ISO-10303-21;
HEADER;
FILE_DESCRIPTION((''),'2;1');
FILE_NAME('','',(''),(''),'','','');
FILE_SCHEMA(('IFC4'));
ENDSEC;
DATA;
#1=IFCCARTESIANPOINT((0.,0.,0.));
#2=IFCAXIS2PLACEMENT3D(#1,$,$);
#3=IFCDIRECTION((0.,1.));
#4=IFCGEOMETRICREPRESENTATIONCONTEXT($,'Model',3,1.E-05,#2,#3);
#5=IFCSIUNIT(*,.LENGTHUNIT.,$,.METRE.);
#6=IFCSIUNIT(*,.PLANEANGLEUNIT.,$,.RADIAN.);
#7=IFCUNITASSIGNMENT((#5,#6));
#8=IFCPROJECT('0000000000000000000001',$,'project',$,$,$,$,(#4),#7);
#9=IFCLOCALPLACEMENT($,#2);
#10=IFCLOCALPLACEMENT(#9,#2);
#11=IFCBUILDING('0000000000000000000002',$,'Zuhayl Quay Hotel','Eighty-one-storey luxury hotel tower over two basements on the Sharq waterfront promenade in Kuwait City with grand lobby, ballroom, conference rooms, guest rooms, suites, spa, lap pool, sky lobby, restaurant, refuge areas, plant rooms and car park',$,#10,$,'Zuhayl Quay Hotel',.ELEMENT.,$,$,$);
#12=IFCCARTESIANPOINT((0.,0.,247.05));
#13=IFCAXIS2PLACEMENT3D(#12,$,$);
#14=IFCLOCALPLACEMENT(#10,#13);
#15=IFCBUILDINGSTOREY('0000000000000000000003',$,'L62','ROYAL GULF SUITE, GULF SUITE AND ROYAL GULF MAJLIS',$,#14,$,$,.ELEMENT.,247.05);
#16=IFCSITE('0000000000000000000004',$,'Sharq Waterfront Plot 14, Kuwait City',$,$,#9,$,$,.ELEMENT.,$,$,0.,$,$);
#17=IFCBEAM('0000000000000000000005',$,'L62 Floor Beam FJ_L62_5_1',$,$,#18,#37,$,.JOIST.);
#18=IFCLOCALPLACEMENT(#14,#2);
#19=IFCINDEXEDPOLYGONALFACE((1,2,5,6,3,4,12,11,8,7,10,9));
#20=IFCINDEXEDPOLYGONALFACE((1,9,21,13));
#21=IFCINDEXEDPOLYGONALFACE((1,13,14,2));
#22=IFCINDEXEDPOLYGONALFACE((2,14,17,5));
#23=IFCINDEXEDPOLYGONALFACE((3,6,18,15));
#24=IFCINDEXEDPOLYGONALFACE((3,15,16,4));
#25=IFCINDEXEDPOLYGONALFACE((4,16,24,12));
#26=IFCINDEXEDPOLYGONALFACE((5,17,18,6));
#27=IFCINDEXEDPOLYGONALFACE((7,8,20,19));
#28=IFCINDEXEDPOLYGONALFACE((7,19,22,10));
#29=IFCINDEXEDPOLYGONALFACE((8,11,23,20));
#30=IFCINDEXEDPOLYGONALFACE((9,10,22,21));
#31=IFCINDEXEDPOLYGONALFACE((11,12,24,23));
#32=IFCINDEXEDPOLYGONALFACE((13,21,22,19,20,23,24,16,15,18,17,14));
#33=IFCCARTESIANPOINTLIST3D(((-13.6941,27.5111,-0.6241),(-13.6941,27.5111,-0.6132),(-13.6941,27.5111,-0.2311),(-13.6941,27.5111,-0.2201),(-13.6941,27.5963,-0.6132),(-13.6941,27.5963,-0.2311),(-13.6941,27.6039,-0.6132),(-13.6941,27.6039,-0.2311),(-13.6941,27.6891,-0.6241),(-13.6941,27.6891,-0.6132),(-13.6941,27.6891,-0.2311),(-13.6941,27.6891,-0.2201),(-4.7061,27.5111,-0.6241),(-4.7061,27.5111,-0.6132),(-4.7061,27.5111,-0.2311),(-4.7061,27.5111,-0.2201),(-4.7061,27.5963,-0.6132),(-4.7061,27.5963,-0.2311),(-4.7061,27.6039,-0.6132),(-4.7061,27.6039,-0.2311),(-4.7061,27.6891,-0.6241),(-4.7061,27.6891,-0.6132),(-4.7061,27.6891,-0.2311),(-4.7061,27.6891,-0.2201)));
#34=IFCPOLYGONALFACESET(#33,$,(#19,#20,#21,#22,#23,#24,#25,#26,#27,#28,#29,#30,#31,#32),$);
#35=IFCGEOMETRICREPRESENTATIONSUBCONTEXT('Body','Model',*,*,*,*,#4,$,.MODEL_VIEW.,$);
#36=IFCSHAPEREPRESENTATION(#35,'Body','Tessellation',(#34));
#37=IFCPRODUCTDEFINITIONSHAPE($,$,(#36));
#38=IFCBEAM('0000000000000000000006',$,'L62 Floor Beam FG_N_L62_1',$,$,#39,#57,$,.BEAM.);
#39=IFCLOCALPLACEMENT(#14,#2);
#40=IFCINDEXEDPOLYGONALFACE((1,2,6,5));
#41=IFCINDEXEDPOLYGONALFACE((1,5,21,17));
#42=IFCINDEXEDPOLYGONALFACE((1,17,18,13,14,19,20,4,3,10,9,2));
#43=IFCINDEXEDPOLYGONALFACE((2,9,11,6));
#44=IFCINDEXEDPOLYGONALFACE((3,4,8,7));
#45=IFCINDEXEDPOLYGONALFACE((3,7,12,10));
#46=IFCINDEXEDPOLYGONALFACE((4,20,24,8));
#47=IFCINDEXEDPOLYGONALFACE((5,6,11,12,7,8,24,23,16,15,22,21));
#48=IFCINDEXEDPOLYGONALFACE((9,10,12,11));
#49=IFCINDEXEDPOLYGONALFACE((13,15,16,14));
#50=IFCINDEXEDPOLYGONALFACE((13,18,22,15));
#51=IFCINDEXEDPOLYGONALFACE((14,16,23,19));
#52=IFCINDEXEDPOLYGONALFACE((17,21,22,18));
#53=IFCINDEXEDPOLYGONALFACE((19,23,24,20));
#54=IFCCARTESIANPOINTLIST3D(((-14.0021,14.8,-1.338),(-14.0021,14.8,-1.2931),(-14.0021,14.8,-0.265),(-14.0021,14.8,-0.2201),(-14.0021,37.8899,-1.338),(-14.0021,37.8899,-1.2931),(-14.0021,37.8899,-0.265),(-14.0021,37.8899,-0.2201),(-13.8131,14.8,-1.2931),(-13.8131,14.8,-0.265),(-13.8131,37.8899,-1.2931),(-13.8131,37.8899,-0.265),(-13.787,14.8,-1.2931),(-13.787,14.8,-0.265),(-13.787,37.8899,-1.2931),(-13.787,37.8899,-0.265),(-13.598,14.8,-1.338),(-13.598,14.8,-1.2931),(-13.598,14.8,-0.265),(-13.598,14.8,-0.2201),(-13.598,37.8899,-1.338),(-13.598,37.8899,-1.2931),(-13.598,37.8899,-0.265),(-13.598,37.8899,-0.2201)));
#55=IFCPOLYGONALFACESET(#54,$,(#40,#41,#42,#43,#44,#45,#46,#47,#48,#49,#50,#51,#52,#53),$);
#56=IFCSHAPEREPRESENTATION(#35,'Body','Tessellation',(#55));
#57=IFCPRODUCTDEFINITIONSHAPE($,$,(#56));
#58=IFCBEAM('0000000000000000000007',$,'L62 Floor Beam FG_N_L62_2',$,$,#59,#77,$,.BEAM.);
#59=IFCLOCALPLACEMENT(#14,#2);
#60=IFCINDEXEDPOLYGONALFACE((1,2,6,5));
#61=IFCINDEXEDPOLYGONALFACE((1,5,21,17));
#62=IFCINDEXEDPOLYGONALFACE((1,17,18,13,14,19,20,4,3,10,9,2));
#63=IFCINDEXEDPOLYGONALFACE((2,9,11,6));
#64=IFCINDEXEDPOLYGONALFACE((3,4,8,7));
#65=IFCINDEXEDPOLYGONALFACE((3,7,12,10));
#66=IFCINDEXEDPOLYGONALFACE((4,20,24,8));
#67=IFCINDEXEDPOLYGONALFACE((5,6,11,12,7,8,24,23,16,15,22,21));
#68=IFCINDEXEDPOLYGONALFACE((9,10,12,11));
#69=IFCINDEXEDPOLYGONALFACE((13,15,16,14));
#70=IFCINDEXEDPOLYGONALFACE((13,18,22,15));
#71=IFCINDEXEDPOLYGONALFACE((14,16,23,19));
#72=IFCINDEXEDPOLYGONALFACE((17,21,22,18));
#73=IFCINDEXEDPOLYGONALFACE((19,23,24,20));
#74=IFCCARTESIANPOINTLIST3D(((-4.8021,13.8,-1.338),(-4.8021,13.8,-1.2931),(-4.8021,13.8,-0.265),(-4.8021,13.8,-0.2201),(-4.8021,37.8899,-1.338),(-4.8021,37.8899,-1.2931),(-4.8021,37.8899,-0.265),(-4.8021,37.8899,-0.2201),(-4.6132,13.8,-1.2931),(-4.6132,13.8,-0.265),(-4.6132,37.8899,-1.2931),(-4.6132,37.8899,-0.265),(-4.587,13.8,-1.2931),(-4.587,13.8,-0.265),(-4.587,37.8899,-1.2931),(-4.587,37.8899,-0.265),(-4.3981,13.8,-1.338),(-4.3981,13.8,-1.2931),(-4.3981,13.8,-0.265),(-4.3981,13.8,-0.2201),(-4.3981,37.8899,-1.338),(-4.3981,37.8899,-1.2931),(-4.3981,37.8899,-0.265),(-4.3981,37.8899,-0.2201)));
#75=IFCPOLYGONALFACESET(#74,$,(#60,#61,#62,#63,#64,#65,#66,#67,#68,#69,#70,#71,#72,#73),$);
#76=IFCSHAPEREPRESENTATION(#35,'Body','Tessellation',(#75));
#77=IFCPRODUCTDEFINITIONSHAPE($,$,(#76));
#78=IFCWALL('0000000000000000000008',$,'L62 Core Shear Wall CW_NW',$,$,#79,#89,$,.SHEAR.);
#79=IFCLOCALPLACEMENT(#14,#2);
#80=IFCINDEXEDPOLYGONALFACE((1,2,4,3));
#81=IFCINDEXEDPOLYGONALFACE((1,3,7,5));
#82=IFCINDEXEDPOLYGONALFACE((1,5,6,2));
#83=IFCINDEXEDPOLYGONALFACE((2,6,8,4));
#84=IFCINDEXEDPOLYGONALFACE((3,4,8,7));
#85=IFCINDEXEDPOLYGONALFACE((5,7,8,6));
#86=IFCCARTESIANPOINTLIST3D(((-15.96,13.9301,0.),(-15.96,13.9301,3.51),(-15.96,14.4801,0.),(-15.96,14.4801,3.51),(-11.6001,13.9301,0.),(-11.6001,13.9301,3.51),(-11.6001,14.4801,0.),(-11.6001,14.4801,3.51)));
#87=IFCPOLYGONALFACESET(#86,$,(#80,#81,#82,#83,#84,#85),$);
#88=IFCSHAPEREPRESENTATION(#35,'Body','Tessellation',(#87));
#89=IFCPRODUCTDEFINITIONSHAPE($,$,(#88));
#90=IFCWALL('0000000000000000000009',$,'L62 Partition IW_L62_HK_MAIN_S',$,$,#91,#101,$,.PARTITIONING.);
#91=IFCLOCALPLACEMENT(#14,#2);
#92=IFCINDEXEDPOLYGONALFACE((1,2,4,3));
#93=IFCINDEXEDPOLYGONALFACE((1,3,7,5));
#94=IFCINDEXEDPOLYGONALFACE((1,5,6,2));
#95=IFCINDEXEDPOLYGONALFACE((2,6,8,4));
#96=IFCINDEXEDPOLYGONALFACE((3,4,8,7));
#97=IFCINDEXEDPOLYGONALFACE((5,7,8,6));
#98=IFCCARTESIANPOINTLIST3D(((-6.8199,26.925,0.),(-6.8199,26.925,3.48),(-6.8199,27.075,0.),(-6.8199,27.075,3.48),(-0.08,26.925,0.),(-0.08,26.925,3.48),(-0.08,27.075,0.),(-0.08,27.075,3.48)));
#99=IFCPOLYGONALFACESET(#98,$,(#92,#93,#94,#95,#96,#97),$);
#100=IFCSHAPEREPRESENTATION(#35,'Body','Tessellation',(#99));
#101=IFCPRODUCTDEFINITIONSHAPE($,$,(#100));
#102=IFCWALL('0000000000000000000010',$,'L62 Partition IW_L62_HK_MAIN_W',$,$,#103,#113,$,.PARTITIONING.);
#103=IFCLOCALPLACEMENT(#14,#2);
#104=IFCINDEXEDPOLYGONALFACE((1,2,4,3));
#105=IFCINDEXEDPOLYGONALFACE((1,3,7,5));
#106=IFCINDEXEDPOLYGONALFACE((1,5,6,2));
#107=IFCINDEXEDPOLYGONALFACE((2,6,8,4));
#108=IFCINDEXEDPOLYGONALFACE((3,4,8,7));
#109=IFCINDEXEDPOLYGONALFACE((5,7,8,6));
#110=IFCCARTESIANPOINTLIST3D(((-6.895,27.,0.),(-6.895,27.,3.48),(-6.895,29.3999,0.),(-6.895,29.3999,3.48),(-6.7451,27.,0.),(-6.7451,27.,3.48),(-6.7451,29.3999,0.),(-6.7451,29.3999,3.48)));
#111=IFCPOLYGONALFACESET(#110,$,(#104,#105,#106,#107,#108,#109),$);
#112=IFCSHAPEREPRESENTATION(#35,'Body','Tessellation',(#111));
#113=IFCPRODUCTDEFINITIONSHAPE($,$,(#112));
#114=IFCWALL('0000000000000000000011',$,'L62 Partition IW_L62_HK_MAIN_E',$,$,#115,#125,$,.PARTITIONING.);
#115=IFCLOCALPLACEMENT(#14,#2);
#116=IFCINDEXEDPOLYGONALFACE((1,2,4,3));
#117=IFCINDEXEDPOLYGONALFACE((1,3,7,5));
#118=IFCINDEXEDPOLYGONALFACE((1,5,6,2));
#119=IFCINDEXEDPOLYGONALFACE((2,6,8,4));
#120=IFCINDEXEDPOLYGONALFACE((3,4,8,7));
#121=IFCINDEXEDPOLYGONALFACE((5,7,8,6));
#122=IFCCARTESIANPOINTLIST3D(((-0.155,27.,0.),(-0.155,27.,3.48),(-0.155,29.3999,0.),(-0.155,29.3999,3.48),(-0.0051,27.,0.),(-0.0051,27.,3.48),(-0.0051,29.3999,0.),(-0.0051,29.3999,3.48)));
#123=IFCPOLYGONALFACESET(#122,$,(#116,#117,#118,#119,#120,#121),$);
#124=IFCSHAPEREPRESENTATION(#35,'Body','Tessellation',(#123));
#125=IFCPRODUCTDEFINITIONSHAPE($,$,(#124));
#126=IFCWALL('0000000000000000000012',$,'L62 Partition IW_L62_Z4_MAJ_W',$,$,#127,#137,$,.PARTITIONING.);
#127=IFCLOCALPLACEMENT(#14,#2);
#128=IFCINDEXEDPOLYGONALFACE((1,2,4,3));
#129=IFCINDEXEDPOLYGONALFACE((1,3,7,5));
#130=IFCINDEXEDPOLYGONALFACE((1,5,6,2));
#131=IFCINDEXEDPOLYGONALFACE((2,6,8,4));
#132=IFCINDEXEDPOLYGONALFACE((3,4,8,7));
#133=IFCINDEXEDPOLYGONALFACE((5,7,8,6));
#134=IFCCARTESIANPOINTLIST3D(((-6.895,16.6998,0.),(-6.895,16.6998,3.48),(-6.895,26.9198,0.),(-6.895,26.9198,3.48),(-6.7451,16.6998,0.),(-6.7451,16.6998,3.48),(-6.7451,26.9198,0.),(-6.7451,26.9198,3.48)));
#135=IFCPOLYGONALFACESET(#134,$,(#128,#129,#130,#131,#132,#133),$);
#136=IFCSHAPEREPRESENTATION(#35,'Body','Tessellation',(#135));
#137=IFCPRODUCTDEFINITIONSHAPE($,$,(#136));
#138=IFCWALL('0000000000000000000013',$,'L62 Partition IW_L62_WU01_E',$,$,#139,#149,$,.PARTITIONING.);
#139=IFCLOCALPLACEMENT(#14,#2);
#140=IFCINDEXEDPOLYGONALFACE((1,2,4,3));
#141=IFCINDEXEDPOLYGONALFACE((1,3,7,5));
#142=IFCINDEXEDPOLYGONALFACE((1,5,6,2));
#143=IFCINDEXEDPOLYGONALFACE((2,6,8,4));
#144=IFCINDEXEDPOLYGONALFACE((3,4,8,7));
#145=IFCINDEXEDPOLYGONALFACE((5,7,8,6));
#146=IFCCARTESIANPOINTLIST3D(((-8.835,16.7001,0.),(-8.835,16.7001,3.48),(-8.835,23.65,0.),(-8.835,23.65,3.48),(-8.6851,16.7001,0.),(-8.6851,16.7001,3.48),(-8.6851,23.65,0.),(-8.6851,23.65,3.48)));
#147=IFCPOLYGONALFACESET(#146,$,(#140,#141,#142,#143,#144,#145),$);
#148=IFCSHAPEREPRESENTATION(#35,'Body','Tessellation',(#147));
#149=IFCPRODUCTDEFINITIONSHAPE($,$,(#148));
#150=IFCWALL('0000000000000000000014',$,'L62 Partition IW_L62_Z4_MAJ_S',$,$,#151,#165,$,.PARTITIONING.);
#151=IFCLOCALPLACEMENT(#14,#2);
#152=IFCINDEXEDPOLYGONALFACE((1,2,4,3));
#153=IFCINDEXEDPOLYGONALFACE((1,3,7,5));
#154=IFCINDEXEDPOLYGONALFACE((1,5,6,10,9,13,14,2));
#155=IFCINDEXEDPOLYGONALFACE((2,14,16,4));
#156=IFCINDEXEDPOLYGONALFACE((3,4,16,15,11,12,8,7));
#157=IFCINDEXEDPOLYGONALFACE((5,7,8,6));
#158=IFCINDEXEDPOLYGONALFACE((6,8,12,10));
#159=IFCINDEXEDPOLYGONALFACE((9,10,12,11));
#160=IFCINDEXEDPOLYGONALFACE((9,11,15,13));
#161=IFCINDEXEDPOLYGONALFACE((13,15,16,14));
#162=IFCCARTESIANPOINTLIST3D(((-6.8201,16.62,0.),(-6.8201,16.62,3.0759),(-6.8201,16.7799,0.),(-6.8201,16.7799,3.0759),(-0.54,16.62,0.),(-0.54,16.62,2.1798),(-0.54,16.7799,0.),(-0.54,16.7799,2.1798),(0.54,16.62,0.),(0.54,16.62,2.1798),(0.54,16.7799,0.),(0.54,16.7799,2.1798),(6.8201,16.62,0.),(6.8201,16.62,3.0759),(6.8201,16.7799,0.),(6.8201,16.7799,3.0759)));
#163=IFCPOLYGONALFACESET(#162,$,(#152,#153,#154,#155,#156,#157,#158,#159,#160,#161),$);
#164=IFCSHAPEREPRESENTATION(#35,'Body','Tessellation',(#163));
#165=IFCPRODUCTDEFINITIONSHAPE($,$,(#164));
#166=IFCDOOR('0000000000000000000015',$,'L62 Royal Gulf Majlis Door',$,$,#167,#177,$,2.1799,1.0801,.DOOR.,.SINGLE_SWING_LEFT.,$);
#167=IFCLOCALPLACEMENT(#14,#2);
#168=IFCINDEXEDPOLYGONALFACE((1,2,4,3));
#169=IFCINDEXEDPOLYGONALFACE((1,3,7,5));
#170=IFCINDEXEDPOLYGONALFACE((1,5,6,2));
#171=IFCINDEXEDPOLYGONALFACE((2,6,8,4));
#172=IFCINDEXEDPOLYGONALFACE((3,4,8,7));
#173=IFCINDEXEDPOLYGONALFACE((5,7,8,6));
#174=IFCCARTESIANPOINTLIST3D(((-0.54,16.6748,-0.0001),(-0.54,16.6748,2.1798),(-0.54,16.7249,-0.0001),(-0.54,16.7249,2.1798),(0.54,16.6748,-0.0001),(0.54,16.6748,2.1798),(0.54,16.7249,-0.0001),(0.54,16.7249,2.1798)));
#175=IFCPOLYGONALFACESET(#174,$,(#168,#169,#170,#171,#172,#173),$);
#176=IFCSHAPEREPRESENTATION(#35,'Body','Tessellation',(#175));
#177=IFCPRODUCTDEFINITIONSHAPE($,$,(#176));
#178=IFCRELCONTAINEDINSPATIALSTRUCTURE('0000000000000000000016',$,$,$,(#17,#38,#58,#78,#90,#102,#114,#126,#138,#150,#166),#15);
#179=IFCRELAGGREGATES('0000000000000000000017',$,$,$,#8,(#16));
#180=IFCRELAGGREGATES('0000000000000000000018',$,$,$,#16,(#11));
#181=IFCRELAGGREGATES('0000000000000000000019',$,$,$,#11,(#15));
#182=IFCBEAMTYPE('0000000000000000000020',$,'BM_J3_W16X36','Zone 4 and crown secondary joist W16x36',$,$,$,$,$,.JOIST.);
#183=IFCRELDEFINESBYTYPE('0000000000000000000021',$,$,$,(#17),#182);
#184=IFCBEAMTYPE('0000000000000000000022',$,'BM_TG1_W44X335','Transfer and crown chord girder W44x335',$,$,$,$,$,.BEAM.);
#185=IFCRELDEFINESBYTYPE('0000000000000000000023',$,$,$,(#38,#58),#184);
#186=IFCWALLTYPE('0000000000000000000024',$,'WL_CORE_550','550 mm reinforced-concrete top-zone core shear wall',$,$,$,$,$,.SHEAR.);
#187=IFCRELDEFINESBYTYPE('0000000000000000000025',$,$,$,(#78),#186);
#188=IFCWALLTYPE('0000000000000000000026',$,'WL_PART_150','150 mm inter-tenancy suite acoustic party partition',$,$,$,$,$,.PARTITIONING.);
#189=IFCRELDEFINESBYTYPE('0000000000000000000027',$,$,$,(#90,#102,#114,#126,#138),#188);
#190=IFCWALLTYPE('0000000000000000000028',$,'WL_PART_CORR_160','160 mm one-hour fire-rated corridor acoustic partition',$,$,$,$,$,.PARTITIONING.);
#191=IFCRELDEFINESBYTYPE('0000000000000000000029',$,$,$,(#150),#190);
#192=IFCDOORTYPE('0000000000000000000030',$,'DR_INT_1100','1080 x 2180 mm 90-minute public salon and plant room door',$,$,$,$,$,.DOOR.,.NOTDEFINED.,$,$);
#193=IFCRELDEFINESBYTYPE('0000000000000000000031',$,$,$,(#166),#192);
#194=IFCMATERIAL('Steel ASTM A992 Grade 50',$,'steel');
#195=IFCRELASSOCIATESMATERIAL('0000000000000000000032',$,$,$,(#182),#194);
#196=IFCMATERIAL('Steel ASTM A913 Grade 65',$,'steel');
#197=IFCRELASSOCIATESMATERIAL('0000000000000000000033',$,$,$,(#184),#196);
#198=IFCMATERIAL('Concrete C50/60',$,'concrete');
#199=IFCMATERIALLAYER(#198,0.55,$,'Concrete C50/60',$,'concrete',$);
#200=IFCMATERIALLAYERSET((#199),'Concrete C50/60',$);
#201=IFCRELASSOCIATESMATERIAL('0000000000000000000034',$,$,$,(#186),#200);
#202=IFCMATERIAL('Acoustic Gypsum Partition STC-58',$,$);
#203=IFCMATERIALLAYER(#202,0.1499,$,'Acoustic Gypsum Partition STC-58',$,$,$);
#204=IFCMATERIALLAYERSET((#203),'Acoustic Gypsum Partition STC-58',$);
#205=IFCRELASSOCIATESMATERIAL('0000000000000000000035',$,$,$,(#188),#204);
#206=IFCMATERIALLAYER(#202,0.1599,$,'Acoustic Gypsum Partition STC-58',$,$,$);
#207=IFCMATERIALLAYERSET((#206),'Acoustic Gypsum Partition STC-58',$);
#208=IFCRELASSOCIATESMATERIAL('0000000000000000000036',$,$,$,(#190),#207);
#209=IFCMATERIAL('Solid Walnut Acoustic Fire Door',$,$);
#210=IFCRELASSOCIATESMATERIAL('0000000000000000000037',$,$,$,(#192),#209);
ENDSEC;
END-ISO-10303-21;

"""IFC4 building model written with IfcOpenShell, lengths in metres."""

from ifc_helpers import new_model, si_unit, direction, frame, frame_2d, origin, origin_2d, place, context, subcontext, project, spatial, rectangle, i_section, extrude, material, layer, layer_set, material_profile, profile_set, type_object, element, fill, save


model = new_model("IFC4")

# Units and contexts
model_context = context("Model", 3, precision=1e-05, world=origin(), true_north=direction((0.0, 1.0)))
body_context = subcontext(model_context, "Body", "Model", "MODEL_VIEW")
ifc_project = project(units=[si_unit("LENGTHUNIT", "METRE"), si_unit("PLANEANGLEUNIT", "RADIAN")], contexts=[model_context])

# Site, building, storey
site_placement = place(None, origin())
site = spatial("IfcSite", under=ifc_project, at=site_placement, Name="Sharq Waterfront Plot 14, Kuwait City", CompositionType="ELEMENT", RefElevation=0.0)
building_placement = place(site_placement, origin())
building = spatial("IfcBuilding", under=site, at=building_placement, Name="Zuhayl Quay Hotel", Description="Eighty-one-storey luxury hotel tower over two basements on the Sharq waterfront promenade in Kuwait City with grand lobby, ballroom, conference rooms, guest rooms, suites, spa, lap pool, sky lobby, restaurant, refuge areas, plant rooms and car park", LongName="Zuhayl Quay Hotel", CompositionType="ELEMENT")
storey_placement = place(building_placement, frame((0.0, 0.0, 247.05)))
storey = spatial("IfcBuildingStorey", under=building, at=storey_placement, Name="L62", Description="ROYAL GULF SUITE, GULF SUITE AND ROYAL GULF MAJLIS", CompositionType="ELEMENT", Elevation=247.05)

# Beams
ifc_material_1 = material(Name="Steel ASTM A992 Grade 50", Category="steel")
ifc_material_profile_1 = material_profile(ifc_material_1, i_section(OverallWidth=0.178, OverallDepth=0.4041, WebThickness=0.0076, FlangeThickness=0.011, at=origin_2d()), Name="W16X36")
ifc_profile_set_1 = profile_set([ifc_material_profile_1], Name="Steel ASTM A992 Grade 50")
beam_type_1 = type_object("IfcBeamType", Name="BM_J3_W16X36", Description="Zone 4 and crown secondary joist W16x36", PredefinedType="JOIST", material=ifc_profile_set_1)
beam_1_placement = place(storey_placement, frame((-13.6941, 27.6001, -0.4221), z_axis=(1.0, 0.0, 0.0), x_axis=(0.0, 1.0, 0.0)))
element("IfcBeam", 1, at=beam_1_placement, inside=storey, type_object=beam_type_1, Name="L62 Floor Beam FJ_L62_5_1", PredefinedType="JOIST", context=body_context, shape_type="SweptSolid", body=[
    extrude(i_section(OverallWidth=0.178, OverallDepth=0.4041, WebThickness=0.0076, FlangeThickness=0.011, at=origin_2d()), origin(), (0.0, 0.0, 1.0), 8.988),
])
ifc_material_2 = material(Name="Steel ASTM A913 Grade 65", Category="steel")
ifc_material_profile_2 = material_profile(ifc_material_2, i_section(OverallWidth=0.4041, OverallDepth=1.1179, WebThickness=0.0261, FlangeThickness=0.0449, at=origin_2d()), Name="W44X335")
ifc_profile_set_2 = profile_set([ifc_material_profile_2], Name="Steel ASTM A913 Grade 65")
beam_type_2 = type_object("IfcBeamType", Name="BM_TG1_W44X335", Description="Transfer and crown chord girder W44x335", PredefinedType="BEAM", material=ifc_profile_set_2)
beam_2_placement = place(storey_placement, frame((-13.8, 14.8, -0.7791), z_axis=(0.0, 1.0, 0.0), x_axis=(-1.0, 0.0, 0.0)))
element("IfcBeam", 2, at=beam_2_placement, inside=storey, type_object=beam_type_2, Name="L62 Floor Beam FG_N_L62_1", PredefinedType="BEAM", context=body_context, shape_type="SweptSolid", body=[
    extrude(i_section(OverallWidth=0.4041, OverallDepth=1.1179, WebThickness=0.0261, FlangeThickness=0.0449, at=origin_2d()), origin(), (0.0, 0.0, 1.0), 23.0898),
])
beam_3_placement = place(storey_placement, frame((-4.6001, 13.8, -0.7791), z_axis=(0.0, 1.0, 0.0), x_axis=(-1.0, 0.0, 0.0)))
element("IfcBeam", 3, at=beam_3_placement, inside=storey, type_object=beam_type_2, Name="L62 Floor Beam FG_N_L62_2", PredefinedType="BEAM", context=body_context, shape_type="SweptSolid", body=[
    extrude(i_section(OverallWidth=0.4041, OverallDepth=1.1179, WebThickness=0.0261, FlangeThickness=0.0449, at=origin_2d()), origin(), (0.0, 0.0, 1.0), 24.0898),
])

# Walls
ifc_material_3 = material(Name="Concrete C50/60", Category="concrete")
ifc_layer_1 = layer(ifc_material_3, 0.55, Name="Concrete C50/60", Category="concrete")
ifc_layer_set_1 = layer_set([ifc_layer_1], Name="Concrete C50/60")
wall_type_1 = type_object("IfcWallType", Name="WL_CORE_550", Description="550 mm reinforced-concrete top-zone core shear wall", PredefinedType="SHEAR", material=ifc_layer_set_1)
wall_1_placement = place(storey_placement, frame((-15.96, 14.2051, 0.0), z_axis=(0.0, 0.0, 1.0), x_axis=(1.0, 0.0, 0.0)))
element("IfcWall", 4, at=wall_1_placement, inside=storey, type_object=wall_type_1, Name="L62 Core Shear Wall CW_NW", PredefinedType="SHEAR", context=body_context, shape_type="SweptSolid", body=[
    extrude(rectangle(XDim=4.3599, YDim=0.55, at=frame_2d((2.1799, 0.0))), origin(), (0.0, 0.0, 1.0), 3.51),
])
ifc_material_4 = material(Name="Acoustic Gypsum Partition STC-58")
ifc_layer_2 = layer(ifc_material_4, 0.1499, Name="Acoustic Gypsum Partition STC-58")
ifc_layer_set_2 = layer_set([ifc_layer_2], Name="Acoustic Gypsum Partition STC-58")
wall_type_2 = type_object("IfcWallType", Name="WL_PART_150", Description="150 mm inter-tenancy suite acoustic party partition", PredefinedType="PARTITIONING", material=ifc_layer_set_2)
wall_2_placement = place(storey_placement, frame((-6.8201, 27.0, 0.0), z_axis=(0.0, 0.0, 1.0), x_axis=(1.0, 0.0, 0.0)))
element("IfcWall", 5, at=wall_2_placement, inside=storey, type_object=wall_type_2, Name="L62 Partition IW_L62_HK_MAIN_S", PredefinedType="PARTITIONING", context=body_context, shape_type="SweptSolid", body=[
    extrude(rectangle(XDim=6.74, YDim=0.1499, at=frame_2d((3.3701, 0.0))), origin(), (0.0, 0.0, 1.0), 3.48),
])
for number, where, z_axis, x_axis, name in (
    (6, (-6.8201, 27.0, 0.0), (0.0, 0.0, 1.0), (0.0, 1.0, 0.0), "L62 Partition IW_L62_HK_MAIN_W"),
    (7, (-0.0801, 27.0, 0.0), (0.0, 0.0, 1.0), (0.0, 1.0, 0.0), "L62 Partition IW_L62_HK_MAIN_E"),
):
    element("IfcWall", number, at=place(storey_placement, frame(where, z_axis=z_axis, x_axis=x_axis)), inside=storey, type_object=wall_type_2, Name=name, PredefinedType="PARTITIONING", context=body_context, shape_type="SweptSolid", body=[
        extrude(rectangle(XDim=2.3999, YDim=0.1499, at=frame_2d((1.2, 0.0))), origin(), (0.0, 0.0, 1.0), 3.48),
    ])
wall_3_placement = place(storey_placement, frame((-6.8201, 16.7, 0.0), z_axis=(0.0, 0.0, 1.0), x_axis=(0.0, 1.0, 0.0)))
element("IfcWall", 8, at=wall_3_placement, inside=storey, type_object=wall_type_2, Name="L62 Partition IW_L62_Z4_MAJ_W", PredefinedType="PARTITIONING", context=body_context, shape_type="SweptSolid", body=[
    extrude(rectangle(XDim=10.22, YDim=0.1499, at=frame_2d((5.1099, 0.0))), origin(), (0.0, 0.0, 1.0), 3.48),
])
wall_4_placement = place(storey_placement, frame((-8.76, 16.7, 0.0), z_axis=(0.0, 0.0, 1.0), x_axis=(0.0, 1.0, 0.0)))
element("IfcWall", 9, at=wall_4_placement, inside=storey, type_object=wall_type_2, Name="L62 Partition IW_L62_WU01_E", PredefinedType="PARTITIONING", context=body_context, shape_type="SweptSolid", body=[
    extrude(rectangle(XDim=6.95, YDim=0.1499, at=frame_2d((3.4751, 0.0))), origin(), (0.0, 0.0, 1.0), 3.48),
])

# Wall, opening, door
ifc_layer_3 = layer(ifc_material_4, 0.1599, Name="Acoustic Gypsum Partition STC-58")
ifc_layer_set_3 = layer_set([ifc_layer_3], Name="Acoustic Gypsum Partition STC-58")
wall_type_3 = type_object("IfcWallType", Name="WL_PART_CORR_160", Description="160 mm one-hour fire-rated corridor acoustic partition", PredefinedType="PARTITIONING", material=ifc_layer_set_3)
wall_5_placement = place(storey_placement, frame((-6.8201, 16.7, 0.0), z_axis=(0.0, 0.0, 1.0), x_axis=(1.0, 0.0, 0.0)))
wall_5 = element("IfcWall", 10, at=wall_5_placement, inside=storey, type_object=wall_type_3, Name="L62 Partition IW_L62_Z4_MAJ_S", PredefinedType="PARTITIONING", context=body_context, shape_type="SweptSolid", body=[
    extrude(rectangle(XDim=13.6401, YDim=0.1599, at=frame_2d((6.8201, 0.0))), origin(), (0.0, 0.0, 1.0), 3.0759),
])
opening_placement = place(wall_5_placement, frame((6.28, 0.0, 0.0)))
opening = element("IfcOpeningElement", 11, at=opening_placement, cuts=wall_5, PredefinedType="OPENING", context=body_context, shape_type="SweptSolid", body=[
    extrude(rectangle(XDim=1.0801, YDim=2.1799, at=frame_2d((0.54, 1.0898))), frame((0.0, 0.0898, 0.0), z_axis=(0.0, -1.0, 0.0), x_axis=(1.0, 0.0, 0.0)), (0.0, 0.0, 1.0), 0.1799),
])
ifc_material_5 = material(Name="Solid Walnut Acoustic Fire Door")
door_type = type_object("IfcDoorType", Name="DR_INT_1100", Description="1080 x 2180 mm 90-minute public salon and plant room door", OperationType="NOTDEFINED", PredefinedType="DOOR", material=ifc_material_5)
door_placement = place(opening_placement, origin())
door = element("IfcDoor", 12, at=door_placement, inside=storey, type_object=door_type, Name="L62 Royal Gulf Majlis Door", OperationType="SINGLE_SWING_LEFT", OverallHeight=2.1799, OverallWidth=1.0801, PredefinedType="DOOR", context=body_context, shape_type="SweptSolid", body=[
    extrude(rectangle(XDim=1.0801, YDim=2.1799, at=frame_2d((0.54, 1.0898))), frame((0.0, 0.0249, 0.0), z_axis=(0.0, -1.0, 0.0), x_axis=(1.0, 0.0, 0.0)), (0.0, 0.0, 1.0), 0.05),
])
fill(opening, door)

save(model, "model.ifc")
